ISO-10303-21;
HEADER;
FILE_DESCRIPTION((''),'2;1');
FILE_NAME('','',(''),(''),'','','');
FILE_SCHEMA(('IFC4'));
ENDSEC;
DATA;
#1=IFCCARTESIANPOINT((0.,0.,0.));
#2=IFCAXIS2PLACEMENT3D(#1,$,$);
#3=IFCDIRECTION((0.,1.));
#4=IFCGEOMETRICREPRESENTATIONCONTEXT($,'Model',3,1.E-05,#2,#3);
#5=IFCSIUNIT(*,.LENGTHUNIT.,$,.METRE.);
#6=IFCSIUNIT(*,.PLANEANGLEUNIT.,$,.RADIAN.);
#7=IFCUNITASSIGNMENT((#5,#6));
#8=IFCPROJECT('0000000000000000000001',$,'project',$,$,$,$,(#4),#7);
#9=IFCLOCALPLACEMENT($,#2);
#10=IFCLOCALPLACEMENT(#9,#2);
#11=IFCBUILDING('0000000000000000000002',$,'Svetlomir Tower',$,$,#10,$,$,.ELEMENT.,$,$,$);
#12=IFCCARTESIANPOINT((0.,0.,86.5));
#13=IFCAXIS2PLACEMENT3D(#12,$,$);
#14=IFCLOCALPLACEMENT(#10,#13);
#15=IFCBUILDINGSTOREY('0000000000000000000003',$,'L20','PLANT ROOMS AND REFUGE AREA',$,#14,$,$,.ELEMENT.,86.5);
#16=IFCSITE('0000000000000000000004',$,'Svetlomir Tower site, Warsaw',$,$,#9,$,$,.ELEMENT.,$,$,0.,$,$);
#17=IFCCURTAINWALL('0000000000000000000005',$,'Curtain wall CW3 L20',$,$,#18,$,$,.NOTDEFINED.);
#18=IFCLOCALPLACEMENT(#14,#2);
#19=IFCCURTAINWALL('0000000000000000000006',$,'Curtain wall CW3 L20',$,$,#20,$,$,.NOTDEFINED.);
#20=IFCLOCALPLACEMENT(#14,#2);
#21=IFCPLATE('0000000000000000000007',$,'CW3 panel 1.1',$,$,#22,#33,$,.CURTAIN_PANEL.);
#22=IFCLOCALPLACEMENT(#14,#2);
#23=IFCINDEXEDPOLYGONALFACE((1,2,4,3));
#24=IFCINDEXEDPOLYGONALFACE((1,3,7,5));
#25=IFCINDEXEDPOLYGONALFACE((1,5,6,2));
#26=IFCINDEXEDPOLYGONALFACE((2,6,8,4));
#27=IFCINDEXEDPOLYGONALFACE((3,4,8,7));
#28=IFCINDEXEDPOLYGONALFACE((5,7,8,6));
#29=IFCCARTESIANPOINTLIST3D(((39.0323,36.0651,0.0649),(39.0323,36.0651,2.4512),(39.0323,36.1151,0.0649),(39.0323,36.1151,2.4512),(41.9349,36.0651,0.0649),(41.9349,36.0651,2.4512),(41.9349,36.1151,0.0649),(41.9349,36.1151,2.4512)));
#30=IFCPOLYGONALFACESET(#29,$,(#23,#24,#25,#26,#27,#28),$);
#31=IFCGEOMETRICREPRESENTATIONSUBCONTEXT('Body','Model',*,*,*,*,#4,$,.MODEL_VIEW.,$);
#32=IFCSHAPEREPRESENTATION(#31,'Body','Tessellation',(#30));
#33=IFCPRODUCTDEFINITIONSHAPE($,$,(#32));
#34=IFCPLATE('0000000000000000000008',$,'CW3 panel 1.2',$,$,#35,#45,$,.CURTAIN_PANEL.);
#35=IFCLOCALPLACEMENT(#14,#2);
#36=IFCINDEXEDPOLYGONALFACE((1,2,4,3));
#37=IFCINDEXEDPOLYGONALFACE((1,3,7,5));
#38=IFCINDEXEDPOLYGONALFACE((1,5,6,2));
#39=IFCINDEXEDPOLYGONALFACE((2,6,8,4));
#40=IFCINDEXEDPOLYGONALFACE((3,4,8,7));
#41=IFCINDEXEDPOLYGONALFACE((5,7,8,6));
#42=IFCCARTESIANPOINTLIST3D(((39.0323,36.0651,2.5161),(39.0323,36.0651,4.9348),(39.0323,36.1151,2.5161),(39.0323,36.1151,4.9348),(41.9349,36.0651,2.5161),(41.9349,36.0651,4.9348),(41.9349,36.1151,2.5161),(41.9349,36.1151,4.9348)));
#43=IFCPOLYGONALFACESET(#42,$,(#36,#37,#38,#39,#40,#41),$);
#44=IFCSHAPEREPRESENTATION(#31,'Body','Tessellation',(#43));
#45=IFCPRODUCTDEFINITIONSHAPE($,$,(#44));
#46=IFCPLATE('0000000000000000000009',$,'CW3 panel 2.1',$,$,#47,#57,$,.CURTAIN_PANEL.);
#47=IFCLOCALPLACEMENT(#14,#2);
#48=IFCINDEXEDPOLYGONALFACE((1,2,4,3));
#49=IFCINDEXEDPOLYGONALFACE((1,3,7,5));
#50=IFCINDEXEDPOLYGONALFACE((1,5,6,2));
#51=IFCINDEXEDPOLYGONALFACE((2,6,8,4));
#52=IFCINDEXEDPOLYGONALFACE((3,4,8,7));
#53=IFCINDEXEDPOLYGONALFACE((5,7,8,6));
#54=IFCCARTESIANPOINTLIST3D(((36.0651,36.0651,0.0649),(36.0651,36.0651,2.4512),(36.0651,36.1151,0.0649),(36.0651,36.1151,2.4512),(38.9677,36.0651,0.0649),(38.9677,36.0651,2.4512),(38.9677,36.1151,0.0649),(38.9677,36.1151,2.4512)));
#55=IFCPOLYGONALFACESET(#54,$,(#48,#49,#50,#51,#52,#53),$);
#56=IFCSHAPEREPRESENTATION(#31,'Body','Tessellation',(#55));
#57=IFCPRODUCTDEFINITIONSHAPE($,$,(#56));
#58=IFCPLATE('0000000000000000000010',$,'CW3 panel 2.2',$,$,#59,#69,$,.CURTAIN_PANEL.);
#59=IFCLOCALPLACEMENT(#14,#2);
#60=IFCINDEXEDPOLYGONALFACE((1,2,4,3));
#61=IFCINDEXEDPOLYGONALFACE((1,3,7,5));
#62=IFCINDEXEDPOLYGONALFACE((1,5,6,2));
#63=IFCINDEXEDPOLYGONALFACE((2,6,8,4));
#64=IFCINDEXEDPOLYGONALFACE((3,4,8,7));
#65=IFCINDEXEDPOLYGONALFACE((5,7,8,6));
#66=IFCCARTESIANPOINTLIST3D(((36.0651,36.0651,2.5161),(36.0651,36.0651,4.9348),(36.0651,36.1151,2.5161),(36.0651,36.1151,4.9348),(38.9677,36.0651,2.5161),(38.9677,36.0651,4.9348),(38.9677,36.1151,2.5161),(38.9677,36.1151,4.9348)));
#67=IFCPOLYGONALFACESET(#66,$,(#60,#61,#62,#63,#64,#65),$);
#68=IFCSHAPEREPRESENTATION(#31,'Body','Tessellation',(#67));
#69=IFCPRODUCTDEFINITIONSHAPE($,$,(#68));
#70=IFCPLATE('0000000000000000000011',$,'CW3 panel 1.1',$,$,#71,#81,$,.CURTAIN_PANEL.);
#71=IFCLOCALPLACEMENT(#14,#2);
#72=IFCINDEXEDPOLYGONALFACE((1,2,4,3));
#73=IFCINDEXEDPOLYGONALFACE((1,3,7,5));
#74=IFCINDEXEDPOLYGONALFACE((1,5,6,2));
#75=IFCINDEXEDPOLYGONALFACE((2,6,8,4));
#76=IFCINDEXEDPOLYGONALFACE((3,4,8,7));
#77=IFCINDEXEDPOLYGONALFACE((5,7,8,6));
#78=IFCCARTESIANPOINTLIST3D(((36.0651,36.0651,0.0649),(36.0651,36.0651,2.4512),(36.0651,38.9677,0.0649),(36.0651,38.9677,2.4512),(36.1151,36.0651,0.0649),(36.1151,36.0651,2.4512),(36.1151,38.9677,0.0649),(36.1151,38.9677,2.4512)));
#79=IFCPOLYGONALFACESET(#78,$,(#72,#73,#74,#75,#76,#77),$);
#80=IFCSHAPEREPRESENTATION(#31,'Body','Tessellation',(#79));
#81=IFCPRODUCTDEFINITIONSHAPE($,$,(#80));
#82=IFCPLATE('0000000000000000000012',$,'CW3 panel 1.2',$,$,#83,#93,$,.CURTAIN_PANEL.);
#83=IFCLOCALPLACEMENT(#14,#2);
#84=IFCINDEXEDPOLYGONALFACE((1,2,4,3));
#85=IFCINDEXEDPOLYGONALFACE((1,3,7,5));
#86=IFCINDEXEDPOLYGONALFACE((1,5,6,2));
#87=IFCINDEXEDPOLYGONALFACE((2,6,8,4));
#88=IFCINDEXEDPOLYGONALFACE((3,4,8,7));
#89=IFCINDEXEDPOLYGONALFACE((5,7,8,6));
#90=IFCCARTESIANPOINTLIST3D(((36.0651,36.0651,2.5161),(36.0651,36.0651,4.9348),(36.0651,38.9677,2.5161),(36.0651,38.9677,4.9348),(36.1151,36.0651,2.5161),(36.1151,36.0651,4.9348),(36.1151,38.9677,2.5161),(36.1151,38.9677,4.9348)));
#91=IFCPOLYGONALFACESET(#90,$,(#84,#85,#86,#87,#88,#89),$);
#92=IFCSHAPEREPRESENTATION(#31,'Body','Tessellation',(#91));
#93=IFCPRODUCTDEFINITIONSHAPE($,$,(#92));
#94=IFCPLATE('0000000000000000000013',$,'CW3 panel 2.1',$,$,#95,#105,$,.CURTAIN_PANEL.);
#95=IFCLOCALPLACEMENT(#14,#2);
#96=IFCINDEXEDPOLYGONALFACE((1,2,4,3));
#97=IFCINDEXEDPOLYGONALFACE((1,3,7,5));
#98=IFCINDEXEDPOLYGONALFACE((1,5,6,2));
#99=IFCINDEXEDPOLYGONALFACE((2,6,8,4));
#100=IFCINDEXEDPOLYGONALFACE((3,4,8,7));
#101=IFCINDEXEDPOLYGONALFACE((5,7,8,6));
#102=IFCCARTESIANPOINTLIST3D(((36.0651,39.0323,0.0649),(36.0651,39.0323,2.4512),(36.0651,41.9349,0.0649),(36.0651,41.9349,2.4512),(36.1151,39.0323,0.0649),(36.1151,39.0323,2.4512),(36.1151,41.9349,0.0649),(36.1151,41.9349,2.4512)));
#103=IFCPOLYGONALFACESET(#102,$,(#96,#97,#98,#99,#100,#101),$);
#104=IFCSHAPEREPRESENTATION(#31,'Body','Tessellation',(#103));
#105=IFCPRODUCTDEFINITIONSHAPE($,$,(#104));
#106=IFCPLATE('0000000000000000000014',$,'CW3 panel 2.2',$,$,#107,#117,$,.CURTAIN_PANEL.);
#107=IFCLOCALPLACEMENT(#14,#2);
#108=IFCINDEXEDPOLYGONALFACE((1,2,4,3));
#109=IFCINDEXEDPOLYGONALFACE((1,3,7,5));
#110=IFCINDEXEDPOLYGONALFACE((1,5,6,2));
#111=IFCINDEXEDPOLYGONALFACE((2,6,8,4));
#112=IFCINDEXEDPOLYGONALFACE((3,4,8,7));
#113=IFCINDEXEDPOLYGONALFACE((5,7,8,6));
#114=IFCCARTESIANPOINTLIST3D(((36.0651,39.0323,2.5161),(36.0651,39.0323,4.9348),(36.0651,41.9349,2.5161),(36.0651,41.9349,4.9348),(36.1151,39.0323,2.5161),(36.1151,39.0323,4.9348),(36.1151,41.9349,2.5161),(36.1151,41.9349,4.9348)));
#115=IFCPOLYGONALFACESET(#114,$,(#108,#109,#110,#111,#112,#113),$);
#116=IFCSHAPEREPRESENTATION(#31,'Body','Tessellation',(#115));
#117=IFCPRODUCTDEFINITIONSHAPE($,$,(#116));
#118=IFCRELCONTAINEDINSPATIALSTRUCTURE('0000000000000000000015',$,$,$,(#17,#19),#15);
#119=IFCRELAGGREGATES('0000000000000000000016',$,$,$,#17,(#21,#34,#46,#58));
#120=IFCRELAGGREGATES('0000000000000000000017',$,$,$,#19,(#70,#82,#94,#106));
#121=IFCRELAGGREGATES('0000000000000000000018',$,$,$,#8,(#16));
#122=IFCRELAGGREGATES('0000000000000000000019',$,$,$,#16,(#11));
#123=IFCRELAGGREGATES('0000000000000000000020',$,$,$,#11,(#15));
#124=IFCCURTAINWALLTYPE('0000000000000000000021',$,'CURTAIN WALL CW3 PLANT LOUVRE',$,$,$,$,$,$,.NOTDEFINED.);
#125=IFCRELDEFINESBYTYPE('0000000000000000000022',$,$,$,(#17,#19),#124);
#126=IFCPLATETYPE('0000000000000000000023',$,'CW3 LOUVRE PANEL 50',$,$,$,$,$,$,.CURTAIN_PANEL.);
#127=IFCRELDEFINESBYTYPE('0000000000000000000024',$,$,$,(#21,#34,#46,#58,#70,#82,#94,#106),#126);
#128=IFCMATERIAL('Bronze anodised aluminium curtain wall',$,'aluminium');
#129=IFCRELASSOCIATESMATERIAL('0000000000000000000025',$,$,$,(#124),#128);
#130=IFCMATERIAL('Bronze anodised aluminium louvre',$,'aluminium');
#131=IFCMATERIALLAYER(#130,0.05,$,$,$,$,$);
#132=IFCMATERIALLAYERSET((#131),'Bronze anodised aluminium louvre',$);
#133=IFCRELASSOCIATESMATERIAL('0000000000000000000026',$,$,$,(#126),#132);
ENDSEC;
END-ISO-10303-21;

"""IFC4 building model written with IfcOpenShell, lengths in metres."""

from ifc_helpers import new_model, si_unit, direction, frame, origin, origin_2d, place, context, subcontext, project, spatial, rectangle, extrude, material, layer, layer_set, type_object, element, aggregate, save


model = new_model("IFC4")

# Units and contexts
model_context = context("Model", 3, precision=1e-05, world=origin(), true_north=direction((0.0, 1.0)))
body_context = subcontext(model_context, "Body", "Model", "MODEL_VIEW")
ifc_project = project(units=[si_unit("LENGTHUNIT", "METRE"), si_unit("PLANEANGLEUNIT", "RADIAN")], contexts=[model_context])

# Site, building, storey
site_placement = place(None, origin())
site = spatial("IfcSite", under=ifc_project, at=site_placement, Name="Svetlomir Tower site, Warsaw", CompositionType="ELEMENT", RefElevation=0.0)
building_placement = place(site_placement, origin())
building = spatial("IfcBuilding", under=site, at=building_placement, Name="Svetlomir Tower", CompositionType="ELEMENT")
storey_placement = place(building_placement, frame((0.0, 0.0, 86.5)))
storey = spatial("IfcBuildingStorey", under=building, at=storey_placement, Name="L20", Description="PLANT ROOMS AND REFUGE AREA", CompositionType="ELEMENT", Elevation=86.5)

# Curtain walls
ifc_material_1 = material(Name="Bronze anodised aluminium curtain wall", Category="aluminium")
curtain_wall_type = type_object("IfcCurtainWallType", Name="CURTAIN WALL CW3 PLANT LOUVRE", PredefinedType="NOTDEFINED", material=ifc_material_1)
curtain_wall_1_placement = place(storey_placement, origin())
curtain_wall_1 = element("IfcCurtainWall", 1, at=curtain_wall_1_placement, inside=storey, type_object=curtain_wall_type, Name="Curtain wall CW3 L20", PredefinedType="NOTDEFINED")
curtain_wall_2_placement = place(storey_placement, origin())
curtain_wall_2 = element("IfcCurtainWall", 2, at=curtain_wall_2_placement, inside=storey, type_object=curtain_wall_type, Name="Curtain wall CW3 L20", PredefinedType="NOTDEFINED")

# Plates
ifc_material_2 = material(Name="Bronze anodised aluminium louvre", Category="aluminium")
ifc_layer = layer(ifc_material_2, 0.05)
ifc_layer_set = layer_set([ifc_layer], Name="Bronze anodised aluminium louvre")
plate_type = type_object("IfcPlateType", Name="CW3 LOUVRE PANEL 50", PredefinedType="CURTAIN_PANEL", material=ifc_layer_set)
plate_1_placement = place(storey_placement, frame((40.4836, 36.0901, 0.0649), z_axis=(0.0, 0.0, 1.0), x_axis=(-1.0, 0.0, 0.0)))
plate_1 = element("IfcPlate", 3, at=plate_1_placement, type_object=plate_type, Name="CW3 panel 1.1", PredefinedType="CURTAIN_PANEL", context=body_context, shape_type="SweptSolid", body=[
    extrude(rectangle(XDim=2.9026, YDim=0.05, at=origin_2d()), origin(), (0.0, 0.0, 1.0), 2.3862),
])
plate_2_placement = place(storey_placement, frame((40.4836, 36.0901, 2.5161), z_axis=(0.0, 0.0, 1.0), x_axis=(-1.0, 0.0, 0.0)))
plate_2 = element("IfcPlate", 4, at=plate_2_placement, type_object=plate_type, Name="CW3 panel 1.2", PredefinedType="CURTAIN_PANEL", context=body_context, shape_type="SweptSolid", body=[
    extrude(rectangle(XDim=2.9026, YDim=0.05, at=origin_2d()), origin(), (0.0, 0.0, 1.0), 2.4187),
])
plate_3_placement = place(storey_placement, frame((37.5164, 36.0901, 0.0649), z_axis=(0.0, 0.0, 1.0), x_axis=(-1.0, 0.0, 0.0)))
plate_3 = element("IfcPlate", 5, at=plate_3_placement, type_object=plate_type, Name="CW3 panel 2.1", PredefinedType="CURTAIN_PANEL", context=body_context, shape_type="SweptSolid", body=[
    extrude(rectangle(XDim=2.9026, YDim=0.05, at=origin_2d()), origin(), (0.0, 0.0, 1.0), 2.3862),
])
plate_4_placement = place(storey_placement, frame((37.5164, 36.0901, 2.5161), z_axis=(0.0, 0.0, 1.0), x_axis=(-1.0, 0.0, 0.0)))
plate_4 = element("IfcPlate", 6, at=plate_4_placement, type_object=plate_type, Name="CW3 panel 2.2", PredefinedType="CURTAIN_PANEL", context=body_context, shape_type="SweptSolid", body=[
    extrude(rectangle(XDim=2.9026, YDim=0.05, at=origin_2d()), origin(), (0.0, 0.0, 1.0), 2.4187),
])
aggregate(curtain_wall_1, [plate_1, plate_2, plate_3, plate_4])
plate_5_placement = place(storey_placement, frame((36.0901, 37.5164, 0.0649), z_axis=(0.0, 0.0, 1.0), x_axis=(0.0, 1.0, 0.0)))
plate_5 = element("IfcPlate", 7, at=plate_5_placement, type_object=plate_type, Name="CW3 panel 1.1", PredefinedType="CURTAIN_PANEL", context=body_context, shape_type="SweptSolid", body=[
    extrude(rectangle(XDim=2.9026, YDim=0.05, at=origin_2d()), origin(), (0.0, 0.0, 1.0), 2.3862),
])
plate_6_placement = place(storey_placement, frame((36.0901, 37.5164, 2.5161), z_axis=(0.0, 0.0, 1.0), x_axis=(0.0, 1.0, 0.0)))
plate_6 = element("IfcPlate", 8, at=plate_6_placement, type_object=plate_type, Name="CW3 panel 1.2", PredefinedType="CURTAIN_PANEL", context=body_context, shape_type="SweptSolid", body=[
    extrude(rectangle(XDim=2.9026, YDim=0.05, at=origin_2d()), origin(), (0.0, 0.0, 1.0), 2.4187),
])
plate_7_placement = place(storey_placement, frame((36.0901, 40.4836, 0.0649), z_axis=(0.0, 0.0, 1.0), x_axis=(0.0, 1.0, 0.0)))
plate_7 = element("IfcPlate", 9, at=plate_7_placement, type_object=plate_type, Name="CW3 panel 2.1", PredefinedType="CURTAIN_PANEL", context=body_context, shape_type="SweptSolid", body=[
    extrude(rectangle(XDim=2.9026, YDim=0.05, at=origin_2d()), origin(), (0.0, 0.0, 1.0), 2.3862),
])
plate_8_placement = place(storey_placement, frame((36.0901, 40.4836, 2.5161), z_axis=(0.0, 0.0, 1.0), x_axis=(0.0, 1.0, 0.0)))
plate_8 = element("IfcPlate", 10, at=plate_8_placement, type_object=plate_type, Name="CW3 panel 2.2", PredefinedType="CURTAIN_PANEL", context=body_context, shape_type="SweptSolid", body=[
    extrude(rectangle(XDim=2.9026, YDim=0.05, at=origin_2d()), origin(), (0.0, 0.0, 1.0), 2.4187),
])
aggregate(curtain_wall_2, [plate_5, plate_6, plate_7, plate_8])

save(model, "model.ifc")
